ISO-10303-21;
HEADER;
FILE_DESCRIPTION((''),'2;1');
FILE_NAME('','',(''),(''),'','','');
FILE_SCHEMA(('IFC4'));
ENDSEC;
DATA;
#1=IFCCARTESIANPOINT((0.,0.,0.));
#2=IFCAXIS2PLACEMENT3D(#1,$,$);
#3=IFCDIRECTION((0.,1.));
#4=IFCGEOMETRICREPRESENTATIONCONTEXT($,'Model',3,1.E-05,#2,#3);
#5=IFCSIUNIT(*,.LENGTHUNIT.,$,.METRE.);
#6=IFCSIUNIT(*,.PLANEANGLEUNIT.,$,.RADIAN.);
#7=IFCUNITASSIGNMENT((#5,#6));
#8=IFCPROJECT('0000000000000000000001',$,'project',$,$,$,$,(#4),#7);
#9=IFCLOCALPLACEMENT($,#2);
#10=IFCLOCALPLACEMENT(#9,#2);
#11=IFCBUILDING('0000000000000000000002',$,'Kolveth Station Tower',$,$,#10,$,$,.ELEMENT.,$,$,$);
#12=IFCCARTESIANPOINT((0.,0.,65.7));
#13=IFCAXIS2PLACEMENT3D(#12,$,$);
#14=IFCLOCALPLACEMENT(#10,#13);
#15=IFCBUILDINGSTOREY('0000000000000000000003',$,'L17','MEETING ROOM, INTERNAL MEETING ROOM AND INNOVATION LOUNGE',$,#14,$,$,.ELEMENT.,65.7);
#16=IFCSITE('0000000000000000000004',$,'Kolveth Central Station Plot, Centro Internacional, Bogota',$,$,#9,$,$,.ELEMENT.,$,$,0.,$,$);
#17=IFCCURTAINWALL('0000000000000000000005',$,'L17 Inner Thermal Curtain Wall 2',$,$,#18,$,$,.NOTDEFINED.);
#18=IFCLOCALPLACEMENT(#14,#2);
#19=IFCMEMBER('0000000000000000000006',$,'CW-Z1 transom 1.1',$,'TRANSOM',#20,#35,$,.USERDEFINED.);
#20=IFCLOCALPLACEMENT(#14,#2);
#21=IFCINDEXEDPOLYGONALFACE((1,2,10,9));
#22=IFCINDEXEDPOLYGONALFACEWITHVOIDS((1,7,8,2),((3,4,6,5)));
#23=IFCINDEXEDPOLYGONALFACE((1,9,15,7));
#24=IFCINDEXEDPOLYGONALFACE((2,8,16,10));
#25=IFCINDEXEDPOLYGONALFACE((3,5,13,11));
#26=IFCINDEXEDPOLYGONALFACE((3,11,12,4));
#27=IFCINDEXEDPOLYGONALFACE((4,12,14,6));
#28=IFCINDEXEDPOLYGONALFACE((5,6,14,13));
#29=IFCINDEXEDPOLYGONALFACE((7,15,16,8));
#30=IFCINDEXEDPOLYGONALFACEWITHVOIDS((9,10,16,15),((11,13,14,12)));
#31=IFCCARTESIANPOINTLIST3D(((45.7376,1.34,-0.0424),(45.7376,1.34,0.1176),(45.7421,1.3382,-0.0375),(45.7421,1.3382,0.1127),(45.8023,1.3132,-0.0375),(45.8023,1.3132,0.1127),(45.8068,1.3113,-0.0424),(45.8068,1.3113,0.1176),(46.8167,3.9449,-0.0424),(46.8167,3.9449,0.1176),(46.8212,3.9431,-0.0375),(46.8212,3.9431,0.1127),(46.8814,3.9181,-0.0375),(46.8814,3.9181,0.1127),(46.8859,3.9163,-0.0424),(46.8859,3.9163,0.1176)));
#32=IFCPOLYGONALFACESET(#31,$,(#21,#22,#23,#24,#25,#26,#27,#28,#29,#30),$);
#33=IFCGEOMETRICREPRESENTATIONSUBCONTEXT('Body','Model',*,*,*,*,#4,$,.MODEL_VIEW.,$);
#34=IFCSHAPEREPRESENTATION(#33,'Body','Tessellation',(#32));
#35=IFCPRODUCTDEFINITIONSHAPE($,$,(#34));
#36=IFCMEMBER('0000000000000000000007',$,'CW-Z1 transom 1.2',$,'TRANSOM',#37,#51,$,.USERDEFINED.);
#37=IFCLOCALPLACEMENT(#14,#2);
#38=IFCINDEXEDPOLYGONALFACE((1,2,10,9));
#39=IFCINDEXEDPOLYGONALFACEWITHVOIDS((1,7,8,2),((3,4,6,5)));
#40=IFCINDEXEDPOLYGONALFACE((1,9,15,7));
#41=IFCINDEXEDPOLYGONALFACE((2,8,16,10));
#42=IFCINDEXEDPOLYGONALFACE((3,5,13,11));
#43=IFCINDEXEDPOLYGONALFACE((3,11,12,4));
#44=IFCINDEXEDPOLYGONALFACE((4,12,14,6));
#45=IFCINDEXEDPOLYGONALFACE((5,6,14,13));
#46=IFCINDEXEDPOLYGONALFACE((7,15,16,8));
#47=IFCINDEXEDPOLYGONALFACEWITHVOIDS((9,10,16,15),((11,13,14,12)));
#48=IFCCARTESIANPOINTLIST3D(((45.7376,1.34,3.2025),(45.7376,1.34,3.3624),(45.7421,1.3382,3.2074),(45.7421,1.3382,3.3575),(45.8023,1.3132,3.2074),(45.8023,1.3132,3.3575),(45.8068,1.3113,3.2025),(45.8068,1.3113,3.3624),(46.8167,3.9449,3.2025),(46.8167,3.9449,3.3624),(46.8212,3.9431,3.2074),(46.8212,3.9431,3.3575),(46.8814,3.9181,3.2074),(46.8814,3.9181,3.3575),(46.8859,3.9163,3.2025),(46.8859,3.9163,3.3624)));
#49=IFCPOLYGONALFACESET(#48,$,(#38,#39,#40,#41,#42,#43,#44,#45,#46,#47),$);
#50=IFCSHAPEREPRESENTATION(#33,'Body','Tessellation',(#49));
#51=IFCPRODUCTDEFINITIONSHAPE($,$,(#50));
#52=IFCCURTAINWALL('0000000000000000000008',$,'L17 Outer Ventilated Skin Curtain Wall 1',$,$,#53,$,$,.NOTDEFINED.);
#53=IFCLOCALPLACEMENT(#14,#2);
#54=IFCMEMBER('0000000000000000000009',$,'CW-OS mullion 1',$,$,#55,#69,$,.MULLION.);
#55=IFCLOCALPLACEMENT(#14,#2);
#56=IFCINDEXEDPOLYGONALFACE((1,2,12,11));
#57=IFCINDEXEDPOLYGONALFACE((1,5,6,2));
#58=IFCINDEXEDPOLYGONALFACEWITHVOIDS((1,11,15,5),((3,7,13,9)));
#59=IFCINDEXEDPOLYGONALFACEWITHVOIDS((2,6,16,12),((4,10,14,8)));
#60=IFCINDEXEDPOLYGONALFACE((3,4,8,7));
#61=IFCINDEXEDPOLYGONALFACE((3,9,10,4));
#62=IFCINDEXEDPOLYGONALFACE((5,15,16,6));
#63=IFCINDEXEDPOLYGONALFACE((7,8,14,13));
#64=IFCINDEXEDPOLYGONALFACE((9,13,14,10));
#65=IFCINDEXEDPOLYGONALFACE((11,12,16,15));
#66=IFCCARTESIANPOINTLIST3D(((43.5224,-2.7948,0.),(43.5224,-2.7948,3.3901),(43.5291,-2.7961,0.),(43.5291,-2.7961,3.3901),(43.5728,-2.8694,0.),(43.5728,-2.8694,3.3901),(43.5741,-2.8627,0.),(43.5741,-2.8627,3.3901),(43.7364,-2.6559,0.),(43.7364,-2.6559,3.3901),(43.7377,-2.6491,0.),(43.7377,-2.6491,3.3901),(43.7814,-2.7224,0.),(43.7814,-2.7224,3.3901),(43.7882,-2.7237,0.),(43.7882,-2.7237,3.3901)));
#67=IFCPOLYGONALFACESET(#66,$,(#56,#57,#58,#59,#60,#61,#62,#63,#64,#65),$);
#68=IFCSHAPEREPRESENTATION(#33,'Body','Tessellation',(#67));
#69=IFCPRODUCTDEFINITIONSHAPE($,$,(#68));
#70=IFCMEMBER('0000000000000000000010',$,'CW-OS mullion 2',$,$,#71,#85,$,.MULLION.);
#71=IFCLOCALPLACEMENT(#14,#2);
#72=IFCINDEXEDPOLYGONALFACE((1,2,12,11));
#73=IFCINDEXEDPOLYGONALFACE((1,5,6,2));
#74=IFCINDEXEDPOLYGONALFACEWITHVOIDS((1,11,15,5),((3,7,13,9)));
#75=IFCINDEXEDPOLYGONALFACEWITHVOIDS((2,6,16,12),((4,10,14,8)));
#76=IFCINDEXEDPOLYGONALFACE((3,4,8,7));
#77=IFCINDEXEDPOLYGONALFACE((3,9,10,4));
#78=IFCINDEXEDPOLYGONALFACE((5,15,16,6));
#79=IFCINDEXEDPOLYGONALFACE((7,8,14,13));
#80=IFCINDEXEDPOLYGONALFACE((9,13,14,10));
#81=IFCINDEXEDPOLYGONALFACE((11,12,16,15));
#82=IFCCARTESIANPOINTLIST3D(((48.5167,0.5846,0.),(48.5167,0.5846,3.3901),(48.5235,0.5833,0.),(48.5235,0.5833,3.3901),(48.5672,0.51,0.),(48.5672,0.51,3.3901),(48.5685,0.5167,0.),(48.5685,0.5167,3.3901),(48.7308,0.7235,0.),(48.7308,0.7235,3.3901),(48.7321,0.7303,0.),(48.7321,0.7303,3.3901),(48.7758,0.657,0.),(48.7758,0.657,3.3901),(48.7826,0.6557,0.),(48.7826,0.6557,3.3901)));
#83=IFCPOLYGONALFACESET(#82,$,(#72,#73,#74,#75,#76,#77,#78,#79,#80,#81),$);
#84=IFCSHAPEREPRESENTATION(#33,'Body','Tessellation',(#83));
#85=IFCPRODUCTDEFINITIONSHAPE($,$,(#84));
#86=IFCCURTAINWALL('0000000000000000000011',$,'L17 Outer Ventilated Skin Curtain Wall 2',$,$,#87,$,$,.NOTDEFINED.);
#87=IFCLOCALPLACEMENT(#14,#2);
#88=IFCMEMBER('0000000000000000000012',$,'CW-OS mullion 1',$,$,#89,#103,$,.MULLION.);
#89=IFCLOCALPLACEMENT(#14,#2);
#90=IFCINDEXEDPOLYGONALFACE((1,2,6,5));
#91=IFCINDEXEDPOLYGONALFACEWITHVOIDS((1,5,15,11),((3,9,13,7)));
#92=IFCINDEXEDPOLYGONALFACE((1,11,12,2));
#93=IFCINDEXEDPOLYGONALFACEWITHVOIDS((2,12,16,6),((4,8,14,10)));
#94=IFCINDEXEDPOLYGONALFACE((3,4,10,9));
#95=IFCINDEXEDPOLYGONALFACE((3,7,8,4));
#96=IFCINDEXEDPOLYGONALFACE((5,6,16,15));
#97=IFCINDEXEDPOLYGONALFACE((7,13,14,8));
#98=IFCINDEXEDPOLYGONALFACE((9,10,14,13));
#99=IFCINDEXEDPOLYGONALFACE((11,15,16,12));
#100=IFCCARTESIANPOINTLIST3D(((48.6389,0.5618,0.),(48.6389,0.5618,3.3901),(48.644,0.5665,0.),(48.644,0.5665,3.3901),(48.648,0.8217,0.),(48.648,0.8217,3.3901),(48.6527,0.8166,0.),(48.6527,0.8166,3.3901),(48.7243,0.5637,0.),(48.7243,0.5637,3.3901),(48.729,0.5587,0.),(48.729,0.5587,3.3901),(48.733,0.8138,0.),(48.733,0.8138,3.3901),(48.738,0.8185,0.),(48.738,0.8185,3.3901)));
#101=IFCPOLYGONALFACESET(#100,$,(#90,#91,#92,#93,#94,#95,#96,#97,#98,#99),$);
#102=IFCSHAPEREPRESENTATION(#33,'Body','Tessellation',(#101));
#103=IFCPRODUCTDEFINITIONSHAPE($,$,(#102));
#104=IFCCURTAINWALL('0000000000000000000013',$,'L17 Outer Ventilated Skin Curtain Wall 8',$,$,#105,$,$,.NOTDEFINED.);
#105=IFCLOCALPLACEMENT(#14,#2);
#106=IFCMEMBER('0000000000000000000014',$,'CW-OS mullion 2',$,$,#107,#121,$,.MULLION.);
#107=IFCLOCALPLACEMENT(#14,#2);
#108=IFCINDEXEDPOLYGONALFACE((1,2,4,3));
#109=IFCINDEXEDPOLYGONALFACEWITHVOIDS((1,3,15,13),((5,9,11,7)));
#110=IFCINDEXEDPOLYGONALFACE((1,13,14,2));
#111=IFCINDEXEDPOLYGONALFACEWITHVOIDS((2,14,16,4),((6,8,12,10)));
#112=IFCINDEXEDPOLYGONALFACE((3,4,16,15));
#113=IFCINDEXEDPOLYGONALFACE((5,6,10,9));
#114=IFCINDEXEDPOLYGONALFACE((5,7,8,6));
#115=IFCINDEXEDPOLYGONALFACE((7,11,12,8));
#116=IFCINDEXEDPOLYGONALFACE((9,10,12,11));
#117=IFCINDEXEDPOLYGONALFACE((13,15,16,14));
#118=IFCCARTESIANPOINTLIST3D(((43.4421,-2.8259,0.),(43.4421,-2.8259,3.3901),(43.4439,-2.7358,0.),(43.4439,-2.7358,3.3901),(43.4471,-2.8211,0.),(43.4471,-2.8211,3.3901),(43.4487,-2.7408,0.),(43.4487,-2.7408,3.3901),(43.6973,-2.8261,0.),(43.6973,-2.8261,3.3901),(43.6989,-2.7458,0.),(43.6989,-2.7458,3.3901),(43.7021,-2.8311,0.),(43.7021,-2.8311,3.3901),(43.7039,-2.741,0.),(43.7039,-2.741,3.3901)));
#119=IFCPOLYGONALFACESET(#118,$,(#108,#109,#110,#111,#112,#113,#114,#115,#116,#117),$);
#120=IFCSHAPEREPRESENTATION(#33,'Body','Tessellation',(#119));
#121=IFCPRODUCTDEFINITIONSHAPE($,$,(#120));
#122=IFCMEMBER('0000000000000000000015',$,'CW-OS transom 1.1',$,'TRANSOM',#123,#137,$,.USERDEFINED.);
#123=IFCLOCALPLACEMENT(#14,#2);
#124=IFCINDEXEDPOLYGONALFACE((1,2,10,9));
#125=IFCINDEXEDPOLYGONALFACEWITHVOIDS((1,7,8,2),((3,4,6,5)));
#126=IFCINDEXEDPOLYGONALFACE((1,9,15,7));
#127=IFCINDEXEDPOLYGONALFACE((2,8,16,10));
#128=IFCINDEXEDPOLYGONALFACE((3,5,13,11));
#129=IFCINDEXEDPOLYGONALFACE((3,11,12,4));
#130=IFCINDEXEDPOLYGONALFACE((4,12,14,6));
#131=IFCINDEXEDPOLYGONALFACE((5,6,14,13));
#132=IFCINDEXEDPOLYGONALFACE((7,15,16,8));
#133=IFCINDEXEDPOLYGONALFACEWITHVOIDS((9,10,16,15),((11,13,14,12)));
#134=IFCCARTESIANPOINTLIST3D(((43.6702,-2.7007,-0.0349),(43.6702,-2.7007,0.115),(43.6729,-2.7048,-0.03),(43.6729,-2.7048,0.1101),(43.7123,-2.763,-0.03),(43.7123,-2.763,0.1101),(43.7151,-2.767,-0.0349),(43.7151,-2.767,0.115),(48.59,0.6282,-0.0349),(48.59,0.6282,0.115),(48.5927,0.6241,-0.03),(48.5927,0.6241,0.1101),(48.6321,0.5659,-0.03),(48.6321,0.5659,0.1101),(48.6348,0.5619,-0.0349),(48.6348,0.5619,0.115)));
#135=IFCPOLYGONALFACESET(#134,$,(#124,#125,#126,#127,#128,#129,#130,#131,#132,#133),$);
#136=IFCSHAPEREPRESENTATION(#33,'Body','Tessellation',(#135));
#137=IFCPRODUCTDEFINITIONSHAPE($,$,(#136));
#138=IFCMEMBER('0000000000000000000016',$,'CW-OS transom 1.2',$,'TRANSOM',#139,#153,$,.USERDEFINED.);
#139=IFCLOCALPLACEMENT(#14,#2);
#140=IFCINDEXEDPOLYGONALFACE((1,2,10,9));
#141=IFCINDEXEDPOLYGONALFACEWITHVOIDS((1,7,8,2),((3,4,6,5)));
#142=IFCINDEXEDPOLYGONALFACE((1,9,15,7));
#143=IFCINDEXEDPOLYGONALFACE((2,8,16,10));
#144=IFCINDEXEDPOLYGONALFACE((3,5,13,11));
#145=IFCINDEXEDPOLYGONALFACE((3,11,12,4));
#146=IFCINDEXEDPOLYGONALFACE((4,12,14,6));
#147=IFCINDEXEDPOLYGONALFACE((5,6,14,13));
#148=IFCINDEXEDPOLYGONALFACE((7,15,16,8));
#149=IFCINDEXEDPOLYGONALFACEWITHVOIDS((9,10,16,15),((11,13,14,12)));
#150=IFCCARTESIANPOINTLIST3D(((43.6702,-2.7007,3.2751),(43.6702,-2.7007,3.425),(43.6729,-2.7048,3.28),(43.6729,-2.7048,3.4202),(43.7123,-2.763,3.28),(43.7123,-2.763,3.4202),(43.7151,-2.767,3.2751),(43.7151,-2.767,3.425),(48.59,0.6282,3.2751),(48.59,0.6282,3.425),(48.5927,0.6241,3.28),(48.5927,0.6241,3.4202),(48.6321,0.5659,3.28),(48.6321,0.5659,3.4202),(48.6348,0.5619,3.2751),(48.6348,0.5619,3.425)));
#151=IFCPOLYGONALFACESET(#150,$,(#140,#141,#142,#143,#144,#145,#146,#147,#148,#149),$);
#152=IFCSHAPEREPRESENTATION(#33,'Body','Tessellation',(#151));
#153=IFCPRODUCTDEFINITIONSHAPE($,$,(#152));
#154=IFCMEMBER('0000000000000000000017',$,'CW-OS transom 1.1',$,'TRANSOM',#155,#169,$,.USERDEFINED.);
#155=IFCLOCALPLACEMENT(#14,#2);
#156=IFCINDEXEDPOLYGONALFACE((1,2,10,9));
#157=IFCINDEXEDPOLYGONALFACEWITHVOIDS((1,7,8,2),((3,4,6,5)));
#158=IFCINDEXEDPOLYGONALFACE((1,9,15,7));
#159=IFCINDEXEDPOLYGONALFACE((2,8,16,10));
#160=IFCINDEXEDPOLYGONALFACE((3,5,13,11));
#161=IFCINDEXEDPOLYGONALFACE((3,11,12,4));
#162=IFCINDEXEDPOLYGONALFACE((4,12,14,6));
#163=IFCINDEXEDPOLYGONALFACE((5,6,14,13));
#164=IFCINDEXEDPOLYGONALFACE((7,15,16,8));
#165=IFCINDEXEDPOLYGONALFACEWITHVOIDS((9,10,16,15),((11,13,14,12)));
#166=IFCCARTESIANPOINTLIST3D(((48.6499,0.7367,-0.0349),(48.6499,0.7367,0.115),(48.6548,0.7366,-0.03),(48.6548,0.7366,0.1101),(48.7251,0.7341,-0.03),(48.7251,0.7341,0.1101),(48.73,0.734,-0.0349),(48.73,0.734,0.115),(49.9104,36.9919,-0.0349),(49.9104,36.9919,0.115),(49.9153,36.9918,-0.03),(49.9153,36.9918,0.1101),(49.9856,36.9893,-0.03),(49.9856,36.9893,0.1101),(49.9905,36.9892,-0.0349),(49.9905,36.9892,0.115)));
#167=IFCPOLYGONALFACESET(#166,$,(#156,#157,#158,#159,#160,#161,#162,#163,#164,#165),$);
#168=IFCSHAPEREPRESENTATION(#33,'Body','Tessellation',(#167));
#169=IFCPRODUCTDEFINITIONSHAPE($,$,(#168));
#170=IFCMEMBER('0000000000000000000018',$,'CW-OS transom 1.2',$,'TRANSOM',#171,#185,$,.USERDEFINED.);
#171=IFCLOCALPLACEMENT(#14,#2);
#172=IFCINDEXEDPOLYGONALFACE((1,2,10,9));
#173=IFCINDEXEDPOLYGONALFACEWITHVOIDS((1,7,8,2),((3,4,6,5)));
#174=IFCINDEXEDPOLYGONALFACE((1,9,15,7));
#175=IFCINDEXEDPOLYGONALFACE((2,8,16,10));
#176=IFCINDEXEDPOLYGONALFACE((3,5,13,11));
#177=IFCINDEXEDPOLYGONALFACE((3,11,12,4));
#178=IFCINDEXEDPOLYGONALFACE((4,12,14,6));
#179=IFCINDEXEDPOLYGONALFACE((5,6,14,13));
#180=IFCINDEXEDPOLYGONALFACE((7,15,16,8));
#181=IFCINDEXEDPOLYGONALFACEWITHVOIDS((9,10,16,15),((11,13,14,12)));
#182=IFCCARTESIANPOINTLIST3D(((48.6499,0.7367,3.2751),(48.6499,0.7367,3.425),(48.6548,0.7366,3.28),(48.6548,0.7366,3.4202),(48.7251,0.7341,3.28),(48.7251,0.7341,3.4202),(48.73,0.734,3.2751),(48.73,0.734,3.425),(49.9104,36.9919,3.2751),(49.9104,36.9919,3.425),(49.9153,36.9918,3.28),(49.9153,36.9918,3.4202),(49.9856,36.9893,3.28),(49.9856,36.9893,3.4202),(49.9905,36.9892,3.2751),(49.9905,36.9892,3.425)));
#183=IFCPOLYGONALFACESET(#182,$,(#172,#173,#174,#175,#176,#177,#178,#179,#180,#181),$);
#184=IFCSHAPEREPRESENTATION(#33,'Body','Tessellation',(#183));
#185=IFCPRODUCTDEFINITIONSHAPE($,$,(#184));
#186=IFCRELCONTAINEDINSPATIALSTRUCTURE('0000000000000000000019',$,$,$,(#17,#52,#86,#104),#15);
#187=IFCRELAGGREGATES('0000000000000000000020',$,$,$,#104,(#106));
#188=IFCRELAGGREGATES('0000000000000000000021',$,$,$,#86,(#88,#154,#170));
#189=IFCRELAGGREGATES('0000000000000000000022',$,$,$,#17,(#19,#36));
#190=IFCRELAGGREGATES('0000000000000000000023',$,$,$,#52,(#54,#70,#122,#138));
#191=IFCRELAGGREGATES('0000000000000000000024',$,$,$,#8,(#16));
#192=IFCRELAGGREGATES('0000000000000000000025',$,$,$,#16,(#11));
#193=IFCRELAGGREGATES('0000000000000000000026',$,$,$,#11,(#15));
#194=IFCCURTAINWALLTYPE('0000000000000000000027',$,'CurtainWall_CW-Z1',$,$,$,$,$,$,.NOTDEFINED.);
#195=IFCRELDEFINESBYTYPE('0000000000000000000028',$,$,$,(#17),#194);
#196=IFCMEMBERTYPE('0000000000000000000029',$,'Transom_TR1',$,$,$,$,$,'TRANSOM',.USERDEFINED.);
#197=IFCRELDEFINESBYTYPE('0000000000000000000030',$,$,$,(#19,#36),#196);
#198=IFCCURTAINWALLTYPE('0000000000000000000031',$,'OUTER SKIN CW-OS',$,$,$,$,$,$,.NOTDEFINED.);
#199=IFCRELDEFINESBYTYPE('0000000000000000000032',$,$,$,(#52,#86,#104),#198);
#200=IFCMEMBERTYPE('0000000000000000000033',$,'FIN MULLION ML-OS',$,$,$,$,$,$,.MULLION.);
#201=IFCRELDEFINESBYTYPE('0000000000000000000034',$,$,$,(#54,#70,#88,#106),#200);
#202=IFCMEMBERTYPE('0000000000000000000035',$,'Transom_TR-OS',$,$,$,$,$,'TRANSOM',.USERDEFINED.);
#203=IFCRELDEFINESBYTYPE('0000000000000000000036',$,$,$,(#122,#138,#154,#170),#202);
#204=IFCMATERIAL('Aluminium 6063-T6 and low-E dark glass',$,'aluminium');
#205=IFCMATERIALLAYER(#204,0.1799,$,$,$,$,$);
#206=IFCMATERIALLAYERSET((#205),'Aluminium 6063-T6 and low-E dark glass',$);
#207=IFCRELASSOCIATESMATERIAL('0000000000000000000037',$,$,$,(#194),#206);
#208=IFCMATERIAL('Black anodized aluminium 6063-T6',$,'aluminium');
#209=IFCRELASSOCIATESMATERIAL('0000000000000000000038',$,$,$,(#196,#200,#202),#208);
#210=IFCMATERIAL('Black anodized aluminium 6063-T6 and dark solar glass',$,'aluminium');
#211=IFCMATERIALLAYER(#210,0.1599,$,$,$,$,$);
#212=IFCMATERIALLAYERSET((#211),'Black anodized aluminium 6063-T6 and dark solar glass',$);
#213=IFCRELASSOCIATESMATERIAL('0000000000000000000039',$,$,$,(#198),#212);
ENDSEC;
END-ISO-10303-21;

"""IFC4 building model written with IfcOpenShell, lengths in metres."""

from ifc_helpers import new_model, si_unit, direction, frame, origin, origin_2d, place, context, subcontext, project, spatial, hollow_rectangle, extrude, source, transform, mapped, material, layer, layer_set, material_profile, profile_set, type_object, element, aggregate, save


model = new_model("IFC4")

# Units and contexts
model_context = context("Model", 3, precision=1e-05, world=origin(), true_north=direction((0.0, 1.0)))
body_context = subcontext(model_context, "Body", "Model", "MODEL_VIEW")
ifc_project = project(units=[si_unit("LENGTHUNIT", "METRE"), si_unit("PLANEANGLEUNIT", "RADIAN")], contexts=[model_context])

# Site, building, storey
site_placement = place(None, origin())
site = spatial("IfcSite", under=ifc_project, at=site_placement, Name="Kolveth Central Station Plot, Centro Internacional, Bogota", CompositionType="ELEMENT", RefElevation=0.0)
building_placement = place(site_placement, origin())
building = spatial("IfcBuilding", under=site, at=building_placement, Name="Kolveth Station Tower", CompositionType="ELEMENT")
storey_placement = place(building_placement, frame((0.0, 0.0, 65.7)))
storey = spatial("IfcBuildingStorey", under=building, at=storey_placement, Name="L17", Description="MEETING ROOM, INTERNAL MEETING ROOM AND INNOVATION LOUNGE", CompositionType="ELEMENT", Elevation=65.7)

# Curtain wall
ifc_material_1 = material(Name="Aluminium 6063-T6 and low-E dark glass", Category="aluminium")
ifc_layer_1 = layer(ifc_material_1, 0.1799)
ifc_layer_set_1 = layer_set([ifc_layer_1], Name="Aluminium 6063-T6 and low-E dark glass")
curtain_wall_type_1 = type_object("IfcCurtainWallType", Name="CurtainWall_CW-Z1", PredefinedType="NOTDEFINED", material=ifc_layer_set_1)
ifc_material_2 = material(Name="Black anodized aluminium 6063-T6", Category="aluminium")
curtain_wall_1_placement = place(storey_placement, origin())
curtain_wall_1 = element("IfcCurtainWall", 1, at=curtain_wall_1_placement, inside=storey, type_object=curtain_wall_type_1, Name="L17 Inner Thermal Curtain Wall 2", PredefinedType="NOTDEFINED")

# Members
ifc_material_profile_1 = material_profile(ifc_material_2, hollow_rectangle(XDim=0.075, YDim=0.1599, WallThickness=0.0049, at=origin_2d()), Name="ALU-75x160x5")
ifc_profile_set_1 = profile_set([ifc_material_profile_1], Name="Black anodized aluminium 6063-T6")
member_type_1 = type_object("IfcMemberType", Name="Transom_TR1", ElementType="TRANSOM", PredefinedType="USERDEFINED", material=ifc_profile_set_1)
shared_shape_1 = source(origin(), body_context, "Body", "SweptSolid", [
    extrude(hollow_rectangle(XDim=0.075, YDim=0.1599, WallThickness=0.0049, at=origin_2d()), origin(), (0.0, 0.0, 1.0), 2.8196),
])
member_1_placement = place(storey_placement, frame((45.7722, 1.3257, 0.0376), z_axis=(0.382709, 0.923869, 0.0), x_axis=(-0.923869, 0.382709, 0.0)))
member_1 = element("IfcMember", 2, at=member_1_placement, type_object=member_type_1, Name="CW-Z1 transom 1.1", ObjectType="TRANSOM", PredefinedType="USERDEFINED", context=body_context, shape_type="MappedRepresentation", body=[
    mapped(shared_shape_1, transform((0.0, 0.0, 0.0), x_axis=(1.0, 0.0, 0.0), y_axis=(0.0, 1.0, 0.0), z_axis=(0.0, 0.0, 1.0), scale=1.0)),
])
member_2_placement = place(storey_placement, frame((45.7722, 1.3257, 3.2825), z_axis=(0.382709, 0.923869, 0.0), x_axis=(-0.923869, 0.382709, 0.0)))
member_2 = element("IfcMember", 3, at=member_2_placement, type_object=member_type_1, Name="CW-Z1 transom 1.2", ObjectType="TRANSOM", PredefinedType="USERDEFINED", context=body_context, shape_type="MappedRepresentation", body=[
    mapped(shared_shape_1, transform((0.0, 0.0, 0.0), x_axis=(1.0, 0.0, 0.0), y_axis=(0.0, 1.0, 0.0), z_axis=(0.0, 0.0, 1.0), scale=1.0)),
])

# Curtain wall, members
ifc_material_3 = material(Name="Black anodized aluminium 6063-T6 and dark solar glass", Category="aluminium")
ifc_layer_2 = layer(ifc_material_3, 0.1599)
ifc_layer_set_2 = layer_set([ifc_layer_2], Name="Black anodized aluminium 6063-T6 and dark solar glass")
curtain_wall_type_2 = type_object("IfcCurtainWallType", Name="OUTER SKIN CW-OS", PredefinedType="NOTDEFINED", material=ifc_layer_set_2)
curtain_wall_2_placement = place(storey_placement, origin())
curtain_wall_2 = element("IfcCurtainWall", 4, at=curtain_wall_2_placement, inside=storey, type_object=curtain_wall_type_2, Name="L17 Outer Ventilated Skin Curtain Wall 1", PredefinedType="NOTDEFINED")
ifc_material_profile_2 = material_profile(ifc_material_2, hollow_rectangle(XDim=0.0901, YDim=0.26, WallThickness=0.0049, at=origin_2d()), Name="ALU-90x260x5")
ifc_profile_set_2 = profile_set([ifc_material_profile_2], Name="Black anodized aluminium 6063-T6")
member_type_2 = type_object("IfcMemberType", Name="FIN MULLION ML-OS", PredefinedType="MULLION", material=ifc_profile_set_2)
shared_shape_2 = source(origin(), body_context, "Body", "SweptSolid", [
    extrude(hollow_rectangle(XDim=0.0901, YDim=0.26, WallThickness=0.0049, at=origin_2d()), origin(), (0.0, 0.0, 1.0), 3.3901),
])
member_3_placement = place(storey_placement, frame((43.6553, -2.7593, 0.0), z_axis=(0.0, 0.0, 1.0), x_axis=(-0.560392, 0.828227, 0.0)))
member_3 = element("IfcMember", 5, at=member_3_placement, type_object=member_type_2, Name="CW-OS mullion 1", PredefinedType="MULLION", context=body_context, shape_type="MappedRepresentation", body=[
    mapped(shared_shape_2, transform((0.0, 0.0, 0.0), x_axis=(1.0, 0.0, 0.0), y_axis=(0.0, 1.0, 0.0), z_axis=(0.0, 0.0, 1.0), scale=1.0)),
])
member_4_placement = place(storey_placement, frame((48.6497, 0.6201, 0.0), z_axis=(0.0, 0.0, 1.0), x_axis=(-0.560392, 0.828227, 0.0)))
member_4 = element("IfcMember", 6, at=member_4_placement, type_object=member_type_2, Name="CW-OS mullion 2", PredefinedType="MULLION", context=body_context, shape_type="MappedRepresentation", body=[
    mapped(shared_shape_2, transform((0.0, 0.0, 0.0), x_axis=(1.0, 0.0, 0.0), y_axis=(0.0, 1.0, 0.0), z_axis=(0.0, 0.0, 1.0), scale=1.0)),
])

# Curtain walls, members
curtain_wall_3_placement = place(storey_placement, origin())
curtain_wall_3 = element("IfcCurtainWall", 7, at=curtain_wall_3_placement, inside=storey, type_object=curtain_wall_type_2, Name="L17 Outer Ventilated Skin Curtain Wall 2", PredefinedType="NOTDEFINED")
member_5_placement = place(storey_placement, frame((48.6885, 0.6902, 0.0), z_axis=(0.0, 0.0, 1.0), x_axis=(-0.999396, 0.034742, 0.0)))
member_5 = element("IfcMember", 8, at=member_5_placement, type_object=member_type_2, Name="CW-OS mullion 1", PredefinedType="MULLION", context=body_context, shape_type="MappedRepresentation", body=[
    mapped(shared_shape_2, transform((0.0, 0.0, 0.0), x_axis=(1.0, 0.0, 0.0), y_axis=(0.0, 1.0, 0.0), z_axis=(0.0, 0.0, 1.0), scale=1.0)),
])
curtain_wall_4_placement = place(storey_placement, origin())
curtain_wall_4 = element("IfcCurtainWall", 9, at=curtain_wall_4_placement, inside=storey, type_object=curtain_wall_type_2, Name="L17 Outer Ventilated Skin Curtain Wall 8", PredefinedType="NOTDEFINED")
member_6_placement = place(storey_placement, frame((43.573, -2.7834, 0.0), z_axis=(0.0, 0.0, 1.0), x_axis=(0.020202, 0.999796, 0.0)))
member_6 = element("IfcMember", 10, at=member_6_placement, type_object=member_type_2, Name="CW-OS mullion 2", PredefinedType="MULLION", context=body_context, shape_type="MappedRepresentation", body=[
    mapped(shared_shape_2, transform((0.0, 0.0, 0.0), x_axis=(1.0, 0.0, 0.0), y_axis=(0.0, 1.0, 0.0), z_axis=(0.0, 0.0, 1.0), scale=1.0)),
])
aggregate(curtain_wall_4, [member_6])

# Members
ifc_material_profile_3 = material_profile(ifc_material_2, hollow_rectangle(XDim=0.0801, YDim=0.1499, WallThickness=0.0049, at=origin_2d()), Name="ALU-80x150x5")
ifc_profile_set_3 = profile_set([ifc_material_profile_3], Name="Black anodized aluminium 6063-T6")
member_type_3 = type_object("IfcMemberType", Name="Transom_TR-OS", ElementType="TRANSOM", PredefinedType="USERDEFINED", material=ifc_profile_set_3)
shared_shape_3 = source(origin(), body_context, "Body", "SweptSolid", [
    extrude(hollow_rectangle(XDim=0.0801, YDim=0.1499, WallThickness=0.0049, at=origin_2d()), origin(), (0.0, 0.0, 1.0), 5.9402),
])
member_7_placement = place(storey_placement, frame((43.6926, -2.7339, 0.04), z_axis=(0.828218, 0.560406, 0.0), x_axis=(-0.560406, 0.828218, 0.0)))
member_7 = element("IfcMember", 11, at=member_7_placement, type_object=member_type_3, Name="CW-OS transom 1.1", ObjectType="TRANSOM", PredefinedType="USERDEFINED", context=body_context, shape_type="MappedRepresentation", body=[
    mapped(shared_shape_3, transform((0.0, 0.0, 0.0), x_axis=(1.0, 0.0, 0.0), y_axis=(0.0, 1.0, 0.0), z_axis=(0.0, 0.0, 1.0), scale=1.0)),
])
member_8_placement = place(storey_placement, frame((43.6926, -2.7339, 3.3501), z_axis=(0.828218, 0.560406, 0.0), x_axis=(-0.560406, 0.828218, 0.0)))
member_8 = element("IfcMember", 12, at=member_8_placement, type_object=member_type_3, Name="CW-OS transom 1.2", ObjectType="TRANSOM", PredefinedType="USERDEFINED", context=body_context, shape_type="MappedRepresentation", body=[
    mapped(shared_shape_3, transform((0.0, 0.0, 0.0), x_axis=(1.0, 0.0, 0.0), y_axis=(0.0, 1.0, 0.0), z_axis=(0.0, 0.0, 1.0), scale=1.0)),
])
shared_shape_4 = source(origin(), body_context, "Body", "SweptSolid", [
    extrude(hollow_rectangle(XDim=0.0801, YDim=0.1499, WallThickness=0.0049, at=origin_2d()), origin(), (0.0, 0.0, 1.0), 36.2771),
])
member_9_placement = place(storey_placement, frame((48.6899, 0.7354, 0.04), z_axis=(0.034746, 0.999396, 0.0), x_axis=(-0.999396, 0.034746, 0.0)))
member_9 = element("IfcMember", 13, at=member_9_placement, type_object=member_type_3, Name="CW-OS transom 1.1", ObjectType="TRANSOM", PredefinedType="USERDEFINED", context=body_context, shape_type="MappedRepresentation", body=[
    mapped(shared_shape_4, transform((0.0, 0.0, 0.0), x_axis=(1.0, 0.0, 0.0), y_axis=(0.0, 1.0, 0.0), z_axis=(0.0, 0.0, 1.0), scale=1.0)),
])
member_10_placement = place(storey_placement, frame((48.6899, 0.7354, 3.3501), z_axis=(0.034746, 0.999396, 0.0), x_axis=(-0.999396, 0.034746, 0.0)))
member_10 = element("IfcMember", 14, at=member_10_placement, type_object=member_type_3, Name="CW-OS transom 1.2", ObjectType="TRANSOM", PredefinedType="USERDEFINED", context=body_context, shape_type="MappedRepresentation", body=[
    mapped(shared_shape_4, transform((0.0, 0.0, 0.0), x_axis=(1.0, 0.0, 0.0), y_axis=(0.0, 1.0, 0.0), z_axis=(0.0, 0.0, 1.0), scale=1.0)),
])
aggregate(curtain_wall_3, [member_5, member_9, member_10])

aggregate(curtain_wall_1, [member_1, member_2])
aggregate(curtain_wall_2, [member_3, member_4, member_7, member_8])

save(model, "model.ifc")
